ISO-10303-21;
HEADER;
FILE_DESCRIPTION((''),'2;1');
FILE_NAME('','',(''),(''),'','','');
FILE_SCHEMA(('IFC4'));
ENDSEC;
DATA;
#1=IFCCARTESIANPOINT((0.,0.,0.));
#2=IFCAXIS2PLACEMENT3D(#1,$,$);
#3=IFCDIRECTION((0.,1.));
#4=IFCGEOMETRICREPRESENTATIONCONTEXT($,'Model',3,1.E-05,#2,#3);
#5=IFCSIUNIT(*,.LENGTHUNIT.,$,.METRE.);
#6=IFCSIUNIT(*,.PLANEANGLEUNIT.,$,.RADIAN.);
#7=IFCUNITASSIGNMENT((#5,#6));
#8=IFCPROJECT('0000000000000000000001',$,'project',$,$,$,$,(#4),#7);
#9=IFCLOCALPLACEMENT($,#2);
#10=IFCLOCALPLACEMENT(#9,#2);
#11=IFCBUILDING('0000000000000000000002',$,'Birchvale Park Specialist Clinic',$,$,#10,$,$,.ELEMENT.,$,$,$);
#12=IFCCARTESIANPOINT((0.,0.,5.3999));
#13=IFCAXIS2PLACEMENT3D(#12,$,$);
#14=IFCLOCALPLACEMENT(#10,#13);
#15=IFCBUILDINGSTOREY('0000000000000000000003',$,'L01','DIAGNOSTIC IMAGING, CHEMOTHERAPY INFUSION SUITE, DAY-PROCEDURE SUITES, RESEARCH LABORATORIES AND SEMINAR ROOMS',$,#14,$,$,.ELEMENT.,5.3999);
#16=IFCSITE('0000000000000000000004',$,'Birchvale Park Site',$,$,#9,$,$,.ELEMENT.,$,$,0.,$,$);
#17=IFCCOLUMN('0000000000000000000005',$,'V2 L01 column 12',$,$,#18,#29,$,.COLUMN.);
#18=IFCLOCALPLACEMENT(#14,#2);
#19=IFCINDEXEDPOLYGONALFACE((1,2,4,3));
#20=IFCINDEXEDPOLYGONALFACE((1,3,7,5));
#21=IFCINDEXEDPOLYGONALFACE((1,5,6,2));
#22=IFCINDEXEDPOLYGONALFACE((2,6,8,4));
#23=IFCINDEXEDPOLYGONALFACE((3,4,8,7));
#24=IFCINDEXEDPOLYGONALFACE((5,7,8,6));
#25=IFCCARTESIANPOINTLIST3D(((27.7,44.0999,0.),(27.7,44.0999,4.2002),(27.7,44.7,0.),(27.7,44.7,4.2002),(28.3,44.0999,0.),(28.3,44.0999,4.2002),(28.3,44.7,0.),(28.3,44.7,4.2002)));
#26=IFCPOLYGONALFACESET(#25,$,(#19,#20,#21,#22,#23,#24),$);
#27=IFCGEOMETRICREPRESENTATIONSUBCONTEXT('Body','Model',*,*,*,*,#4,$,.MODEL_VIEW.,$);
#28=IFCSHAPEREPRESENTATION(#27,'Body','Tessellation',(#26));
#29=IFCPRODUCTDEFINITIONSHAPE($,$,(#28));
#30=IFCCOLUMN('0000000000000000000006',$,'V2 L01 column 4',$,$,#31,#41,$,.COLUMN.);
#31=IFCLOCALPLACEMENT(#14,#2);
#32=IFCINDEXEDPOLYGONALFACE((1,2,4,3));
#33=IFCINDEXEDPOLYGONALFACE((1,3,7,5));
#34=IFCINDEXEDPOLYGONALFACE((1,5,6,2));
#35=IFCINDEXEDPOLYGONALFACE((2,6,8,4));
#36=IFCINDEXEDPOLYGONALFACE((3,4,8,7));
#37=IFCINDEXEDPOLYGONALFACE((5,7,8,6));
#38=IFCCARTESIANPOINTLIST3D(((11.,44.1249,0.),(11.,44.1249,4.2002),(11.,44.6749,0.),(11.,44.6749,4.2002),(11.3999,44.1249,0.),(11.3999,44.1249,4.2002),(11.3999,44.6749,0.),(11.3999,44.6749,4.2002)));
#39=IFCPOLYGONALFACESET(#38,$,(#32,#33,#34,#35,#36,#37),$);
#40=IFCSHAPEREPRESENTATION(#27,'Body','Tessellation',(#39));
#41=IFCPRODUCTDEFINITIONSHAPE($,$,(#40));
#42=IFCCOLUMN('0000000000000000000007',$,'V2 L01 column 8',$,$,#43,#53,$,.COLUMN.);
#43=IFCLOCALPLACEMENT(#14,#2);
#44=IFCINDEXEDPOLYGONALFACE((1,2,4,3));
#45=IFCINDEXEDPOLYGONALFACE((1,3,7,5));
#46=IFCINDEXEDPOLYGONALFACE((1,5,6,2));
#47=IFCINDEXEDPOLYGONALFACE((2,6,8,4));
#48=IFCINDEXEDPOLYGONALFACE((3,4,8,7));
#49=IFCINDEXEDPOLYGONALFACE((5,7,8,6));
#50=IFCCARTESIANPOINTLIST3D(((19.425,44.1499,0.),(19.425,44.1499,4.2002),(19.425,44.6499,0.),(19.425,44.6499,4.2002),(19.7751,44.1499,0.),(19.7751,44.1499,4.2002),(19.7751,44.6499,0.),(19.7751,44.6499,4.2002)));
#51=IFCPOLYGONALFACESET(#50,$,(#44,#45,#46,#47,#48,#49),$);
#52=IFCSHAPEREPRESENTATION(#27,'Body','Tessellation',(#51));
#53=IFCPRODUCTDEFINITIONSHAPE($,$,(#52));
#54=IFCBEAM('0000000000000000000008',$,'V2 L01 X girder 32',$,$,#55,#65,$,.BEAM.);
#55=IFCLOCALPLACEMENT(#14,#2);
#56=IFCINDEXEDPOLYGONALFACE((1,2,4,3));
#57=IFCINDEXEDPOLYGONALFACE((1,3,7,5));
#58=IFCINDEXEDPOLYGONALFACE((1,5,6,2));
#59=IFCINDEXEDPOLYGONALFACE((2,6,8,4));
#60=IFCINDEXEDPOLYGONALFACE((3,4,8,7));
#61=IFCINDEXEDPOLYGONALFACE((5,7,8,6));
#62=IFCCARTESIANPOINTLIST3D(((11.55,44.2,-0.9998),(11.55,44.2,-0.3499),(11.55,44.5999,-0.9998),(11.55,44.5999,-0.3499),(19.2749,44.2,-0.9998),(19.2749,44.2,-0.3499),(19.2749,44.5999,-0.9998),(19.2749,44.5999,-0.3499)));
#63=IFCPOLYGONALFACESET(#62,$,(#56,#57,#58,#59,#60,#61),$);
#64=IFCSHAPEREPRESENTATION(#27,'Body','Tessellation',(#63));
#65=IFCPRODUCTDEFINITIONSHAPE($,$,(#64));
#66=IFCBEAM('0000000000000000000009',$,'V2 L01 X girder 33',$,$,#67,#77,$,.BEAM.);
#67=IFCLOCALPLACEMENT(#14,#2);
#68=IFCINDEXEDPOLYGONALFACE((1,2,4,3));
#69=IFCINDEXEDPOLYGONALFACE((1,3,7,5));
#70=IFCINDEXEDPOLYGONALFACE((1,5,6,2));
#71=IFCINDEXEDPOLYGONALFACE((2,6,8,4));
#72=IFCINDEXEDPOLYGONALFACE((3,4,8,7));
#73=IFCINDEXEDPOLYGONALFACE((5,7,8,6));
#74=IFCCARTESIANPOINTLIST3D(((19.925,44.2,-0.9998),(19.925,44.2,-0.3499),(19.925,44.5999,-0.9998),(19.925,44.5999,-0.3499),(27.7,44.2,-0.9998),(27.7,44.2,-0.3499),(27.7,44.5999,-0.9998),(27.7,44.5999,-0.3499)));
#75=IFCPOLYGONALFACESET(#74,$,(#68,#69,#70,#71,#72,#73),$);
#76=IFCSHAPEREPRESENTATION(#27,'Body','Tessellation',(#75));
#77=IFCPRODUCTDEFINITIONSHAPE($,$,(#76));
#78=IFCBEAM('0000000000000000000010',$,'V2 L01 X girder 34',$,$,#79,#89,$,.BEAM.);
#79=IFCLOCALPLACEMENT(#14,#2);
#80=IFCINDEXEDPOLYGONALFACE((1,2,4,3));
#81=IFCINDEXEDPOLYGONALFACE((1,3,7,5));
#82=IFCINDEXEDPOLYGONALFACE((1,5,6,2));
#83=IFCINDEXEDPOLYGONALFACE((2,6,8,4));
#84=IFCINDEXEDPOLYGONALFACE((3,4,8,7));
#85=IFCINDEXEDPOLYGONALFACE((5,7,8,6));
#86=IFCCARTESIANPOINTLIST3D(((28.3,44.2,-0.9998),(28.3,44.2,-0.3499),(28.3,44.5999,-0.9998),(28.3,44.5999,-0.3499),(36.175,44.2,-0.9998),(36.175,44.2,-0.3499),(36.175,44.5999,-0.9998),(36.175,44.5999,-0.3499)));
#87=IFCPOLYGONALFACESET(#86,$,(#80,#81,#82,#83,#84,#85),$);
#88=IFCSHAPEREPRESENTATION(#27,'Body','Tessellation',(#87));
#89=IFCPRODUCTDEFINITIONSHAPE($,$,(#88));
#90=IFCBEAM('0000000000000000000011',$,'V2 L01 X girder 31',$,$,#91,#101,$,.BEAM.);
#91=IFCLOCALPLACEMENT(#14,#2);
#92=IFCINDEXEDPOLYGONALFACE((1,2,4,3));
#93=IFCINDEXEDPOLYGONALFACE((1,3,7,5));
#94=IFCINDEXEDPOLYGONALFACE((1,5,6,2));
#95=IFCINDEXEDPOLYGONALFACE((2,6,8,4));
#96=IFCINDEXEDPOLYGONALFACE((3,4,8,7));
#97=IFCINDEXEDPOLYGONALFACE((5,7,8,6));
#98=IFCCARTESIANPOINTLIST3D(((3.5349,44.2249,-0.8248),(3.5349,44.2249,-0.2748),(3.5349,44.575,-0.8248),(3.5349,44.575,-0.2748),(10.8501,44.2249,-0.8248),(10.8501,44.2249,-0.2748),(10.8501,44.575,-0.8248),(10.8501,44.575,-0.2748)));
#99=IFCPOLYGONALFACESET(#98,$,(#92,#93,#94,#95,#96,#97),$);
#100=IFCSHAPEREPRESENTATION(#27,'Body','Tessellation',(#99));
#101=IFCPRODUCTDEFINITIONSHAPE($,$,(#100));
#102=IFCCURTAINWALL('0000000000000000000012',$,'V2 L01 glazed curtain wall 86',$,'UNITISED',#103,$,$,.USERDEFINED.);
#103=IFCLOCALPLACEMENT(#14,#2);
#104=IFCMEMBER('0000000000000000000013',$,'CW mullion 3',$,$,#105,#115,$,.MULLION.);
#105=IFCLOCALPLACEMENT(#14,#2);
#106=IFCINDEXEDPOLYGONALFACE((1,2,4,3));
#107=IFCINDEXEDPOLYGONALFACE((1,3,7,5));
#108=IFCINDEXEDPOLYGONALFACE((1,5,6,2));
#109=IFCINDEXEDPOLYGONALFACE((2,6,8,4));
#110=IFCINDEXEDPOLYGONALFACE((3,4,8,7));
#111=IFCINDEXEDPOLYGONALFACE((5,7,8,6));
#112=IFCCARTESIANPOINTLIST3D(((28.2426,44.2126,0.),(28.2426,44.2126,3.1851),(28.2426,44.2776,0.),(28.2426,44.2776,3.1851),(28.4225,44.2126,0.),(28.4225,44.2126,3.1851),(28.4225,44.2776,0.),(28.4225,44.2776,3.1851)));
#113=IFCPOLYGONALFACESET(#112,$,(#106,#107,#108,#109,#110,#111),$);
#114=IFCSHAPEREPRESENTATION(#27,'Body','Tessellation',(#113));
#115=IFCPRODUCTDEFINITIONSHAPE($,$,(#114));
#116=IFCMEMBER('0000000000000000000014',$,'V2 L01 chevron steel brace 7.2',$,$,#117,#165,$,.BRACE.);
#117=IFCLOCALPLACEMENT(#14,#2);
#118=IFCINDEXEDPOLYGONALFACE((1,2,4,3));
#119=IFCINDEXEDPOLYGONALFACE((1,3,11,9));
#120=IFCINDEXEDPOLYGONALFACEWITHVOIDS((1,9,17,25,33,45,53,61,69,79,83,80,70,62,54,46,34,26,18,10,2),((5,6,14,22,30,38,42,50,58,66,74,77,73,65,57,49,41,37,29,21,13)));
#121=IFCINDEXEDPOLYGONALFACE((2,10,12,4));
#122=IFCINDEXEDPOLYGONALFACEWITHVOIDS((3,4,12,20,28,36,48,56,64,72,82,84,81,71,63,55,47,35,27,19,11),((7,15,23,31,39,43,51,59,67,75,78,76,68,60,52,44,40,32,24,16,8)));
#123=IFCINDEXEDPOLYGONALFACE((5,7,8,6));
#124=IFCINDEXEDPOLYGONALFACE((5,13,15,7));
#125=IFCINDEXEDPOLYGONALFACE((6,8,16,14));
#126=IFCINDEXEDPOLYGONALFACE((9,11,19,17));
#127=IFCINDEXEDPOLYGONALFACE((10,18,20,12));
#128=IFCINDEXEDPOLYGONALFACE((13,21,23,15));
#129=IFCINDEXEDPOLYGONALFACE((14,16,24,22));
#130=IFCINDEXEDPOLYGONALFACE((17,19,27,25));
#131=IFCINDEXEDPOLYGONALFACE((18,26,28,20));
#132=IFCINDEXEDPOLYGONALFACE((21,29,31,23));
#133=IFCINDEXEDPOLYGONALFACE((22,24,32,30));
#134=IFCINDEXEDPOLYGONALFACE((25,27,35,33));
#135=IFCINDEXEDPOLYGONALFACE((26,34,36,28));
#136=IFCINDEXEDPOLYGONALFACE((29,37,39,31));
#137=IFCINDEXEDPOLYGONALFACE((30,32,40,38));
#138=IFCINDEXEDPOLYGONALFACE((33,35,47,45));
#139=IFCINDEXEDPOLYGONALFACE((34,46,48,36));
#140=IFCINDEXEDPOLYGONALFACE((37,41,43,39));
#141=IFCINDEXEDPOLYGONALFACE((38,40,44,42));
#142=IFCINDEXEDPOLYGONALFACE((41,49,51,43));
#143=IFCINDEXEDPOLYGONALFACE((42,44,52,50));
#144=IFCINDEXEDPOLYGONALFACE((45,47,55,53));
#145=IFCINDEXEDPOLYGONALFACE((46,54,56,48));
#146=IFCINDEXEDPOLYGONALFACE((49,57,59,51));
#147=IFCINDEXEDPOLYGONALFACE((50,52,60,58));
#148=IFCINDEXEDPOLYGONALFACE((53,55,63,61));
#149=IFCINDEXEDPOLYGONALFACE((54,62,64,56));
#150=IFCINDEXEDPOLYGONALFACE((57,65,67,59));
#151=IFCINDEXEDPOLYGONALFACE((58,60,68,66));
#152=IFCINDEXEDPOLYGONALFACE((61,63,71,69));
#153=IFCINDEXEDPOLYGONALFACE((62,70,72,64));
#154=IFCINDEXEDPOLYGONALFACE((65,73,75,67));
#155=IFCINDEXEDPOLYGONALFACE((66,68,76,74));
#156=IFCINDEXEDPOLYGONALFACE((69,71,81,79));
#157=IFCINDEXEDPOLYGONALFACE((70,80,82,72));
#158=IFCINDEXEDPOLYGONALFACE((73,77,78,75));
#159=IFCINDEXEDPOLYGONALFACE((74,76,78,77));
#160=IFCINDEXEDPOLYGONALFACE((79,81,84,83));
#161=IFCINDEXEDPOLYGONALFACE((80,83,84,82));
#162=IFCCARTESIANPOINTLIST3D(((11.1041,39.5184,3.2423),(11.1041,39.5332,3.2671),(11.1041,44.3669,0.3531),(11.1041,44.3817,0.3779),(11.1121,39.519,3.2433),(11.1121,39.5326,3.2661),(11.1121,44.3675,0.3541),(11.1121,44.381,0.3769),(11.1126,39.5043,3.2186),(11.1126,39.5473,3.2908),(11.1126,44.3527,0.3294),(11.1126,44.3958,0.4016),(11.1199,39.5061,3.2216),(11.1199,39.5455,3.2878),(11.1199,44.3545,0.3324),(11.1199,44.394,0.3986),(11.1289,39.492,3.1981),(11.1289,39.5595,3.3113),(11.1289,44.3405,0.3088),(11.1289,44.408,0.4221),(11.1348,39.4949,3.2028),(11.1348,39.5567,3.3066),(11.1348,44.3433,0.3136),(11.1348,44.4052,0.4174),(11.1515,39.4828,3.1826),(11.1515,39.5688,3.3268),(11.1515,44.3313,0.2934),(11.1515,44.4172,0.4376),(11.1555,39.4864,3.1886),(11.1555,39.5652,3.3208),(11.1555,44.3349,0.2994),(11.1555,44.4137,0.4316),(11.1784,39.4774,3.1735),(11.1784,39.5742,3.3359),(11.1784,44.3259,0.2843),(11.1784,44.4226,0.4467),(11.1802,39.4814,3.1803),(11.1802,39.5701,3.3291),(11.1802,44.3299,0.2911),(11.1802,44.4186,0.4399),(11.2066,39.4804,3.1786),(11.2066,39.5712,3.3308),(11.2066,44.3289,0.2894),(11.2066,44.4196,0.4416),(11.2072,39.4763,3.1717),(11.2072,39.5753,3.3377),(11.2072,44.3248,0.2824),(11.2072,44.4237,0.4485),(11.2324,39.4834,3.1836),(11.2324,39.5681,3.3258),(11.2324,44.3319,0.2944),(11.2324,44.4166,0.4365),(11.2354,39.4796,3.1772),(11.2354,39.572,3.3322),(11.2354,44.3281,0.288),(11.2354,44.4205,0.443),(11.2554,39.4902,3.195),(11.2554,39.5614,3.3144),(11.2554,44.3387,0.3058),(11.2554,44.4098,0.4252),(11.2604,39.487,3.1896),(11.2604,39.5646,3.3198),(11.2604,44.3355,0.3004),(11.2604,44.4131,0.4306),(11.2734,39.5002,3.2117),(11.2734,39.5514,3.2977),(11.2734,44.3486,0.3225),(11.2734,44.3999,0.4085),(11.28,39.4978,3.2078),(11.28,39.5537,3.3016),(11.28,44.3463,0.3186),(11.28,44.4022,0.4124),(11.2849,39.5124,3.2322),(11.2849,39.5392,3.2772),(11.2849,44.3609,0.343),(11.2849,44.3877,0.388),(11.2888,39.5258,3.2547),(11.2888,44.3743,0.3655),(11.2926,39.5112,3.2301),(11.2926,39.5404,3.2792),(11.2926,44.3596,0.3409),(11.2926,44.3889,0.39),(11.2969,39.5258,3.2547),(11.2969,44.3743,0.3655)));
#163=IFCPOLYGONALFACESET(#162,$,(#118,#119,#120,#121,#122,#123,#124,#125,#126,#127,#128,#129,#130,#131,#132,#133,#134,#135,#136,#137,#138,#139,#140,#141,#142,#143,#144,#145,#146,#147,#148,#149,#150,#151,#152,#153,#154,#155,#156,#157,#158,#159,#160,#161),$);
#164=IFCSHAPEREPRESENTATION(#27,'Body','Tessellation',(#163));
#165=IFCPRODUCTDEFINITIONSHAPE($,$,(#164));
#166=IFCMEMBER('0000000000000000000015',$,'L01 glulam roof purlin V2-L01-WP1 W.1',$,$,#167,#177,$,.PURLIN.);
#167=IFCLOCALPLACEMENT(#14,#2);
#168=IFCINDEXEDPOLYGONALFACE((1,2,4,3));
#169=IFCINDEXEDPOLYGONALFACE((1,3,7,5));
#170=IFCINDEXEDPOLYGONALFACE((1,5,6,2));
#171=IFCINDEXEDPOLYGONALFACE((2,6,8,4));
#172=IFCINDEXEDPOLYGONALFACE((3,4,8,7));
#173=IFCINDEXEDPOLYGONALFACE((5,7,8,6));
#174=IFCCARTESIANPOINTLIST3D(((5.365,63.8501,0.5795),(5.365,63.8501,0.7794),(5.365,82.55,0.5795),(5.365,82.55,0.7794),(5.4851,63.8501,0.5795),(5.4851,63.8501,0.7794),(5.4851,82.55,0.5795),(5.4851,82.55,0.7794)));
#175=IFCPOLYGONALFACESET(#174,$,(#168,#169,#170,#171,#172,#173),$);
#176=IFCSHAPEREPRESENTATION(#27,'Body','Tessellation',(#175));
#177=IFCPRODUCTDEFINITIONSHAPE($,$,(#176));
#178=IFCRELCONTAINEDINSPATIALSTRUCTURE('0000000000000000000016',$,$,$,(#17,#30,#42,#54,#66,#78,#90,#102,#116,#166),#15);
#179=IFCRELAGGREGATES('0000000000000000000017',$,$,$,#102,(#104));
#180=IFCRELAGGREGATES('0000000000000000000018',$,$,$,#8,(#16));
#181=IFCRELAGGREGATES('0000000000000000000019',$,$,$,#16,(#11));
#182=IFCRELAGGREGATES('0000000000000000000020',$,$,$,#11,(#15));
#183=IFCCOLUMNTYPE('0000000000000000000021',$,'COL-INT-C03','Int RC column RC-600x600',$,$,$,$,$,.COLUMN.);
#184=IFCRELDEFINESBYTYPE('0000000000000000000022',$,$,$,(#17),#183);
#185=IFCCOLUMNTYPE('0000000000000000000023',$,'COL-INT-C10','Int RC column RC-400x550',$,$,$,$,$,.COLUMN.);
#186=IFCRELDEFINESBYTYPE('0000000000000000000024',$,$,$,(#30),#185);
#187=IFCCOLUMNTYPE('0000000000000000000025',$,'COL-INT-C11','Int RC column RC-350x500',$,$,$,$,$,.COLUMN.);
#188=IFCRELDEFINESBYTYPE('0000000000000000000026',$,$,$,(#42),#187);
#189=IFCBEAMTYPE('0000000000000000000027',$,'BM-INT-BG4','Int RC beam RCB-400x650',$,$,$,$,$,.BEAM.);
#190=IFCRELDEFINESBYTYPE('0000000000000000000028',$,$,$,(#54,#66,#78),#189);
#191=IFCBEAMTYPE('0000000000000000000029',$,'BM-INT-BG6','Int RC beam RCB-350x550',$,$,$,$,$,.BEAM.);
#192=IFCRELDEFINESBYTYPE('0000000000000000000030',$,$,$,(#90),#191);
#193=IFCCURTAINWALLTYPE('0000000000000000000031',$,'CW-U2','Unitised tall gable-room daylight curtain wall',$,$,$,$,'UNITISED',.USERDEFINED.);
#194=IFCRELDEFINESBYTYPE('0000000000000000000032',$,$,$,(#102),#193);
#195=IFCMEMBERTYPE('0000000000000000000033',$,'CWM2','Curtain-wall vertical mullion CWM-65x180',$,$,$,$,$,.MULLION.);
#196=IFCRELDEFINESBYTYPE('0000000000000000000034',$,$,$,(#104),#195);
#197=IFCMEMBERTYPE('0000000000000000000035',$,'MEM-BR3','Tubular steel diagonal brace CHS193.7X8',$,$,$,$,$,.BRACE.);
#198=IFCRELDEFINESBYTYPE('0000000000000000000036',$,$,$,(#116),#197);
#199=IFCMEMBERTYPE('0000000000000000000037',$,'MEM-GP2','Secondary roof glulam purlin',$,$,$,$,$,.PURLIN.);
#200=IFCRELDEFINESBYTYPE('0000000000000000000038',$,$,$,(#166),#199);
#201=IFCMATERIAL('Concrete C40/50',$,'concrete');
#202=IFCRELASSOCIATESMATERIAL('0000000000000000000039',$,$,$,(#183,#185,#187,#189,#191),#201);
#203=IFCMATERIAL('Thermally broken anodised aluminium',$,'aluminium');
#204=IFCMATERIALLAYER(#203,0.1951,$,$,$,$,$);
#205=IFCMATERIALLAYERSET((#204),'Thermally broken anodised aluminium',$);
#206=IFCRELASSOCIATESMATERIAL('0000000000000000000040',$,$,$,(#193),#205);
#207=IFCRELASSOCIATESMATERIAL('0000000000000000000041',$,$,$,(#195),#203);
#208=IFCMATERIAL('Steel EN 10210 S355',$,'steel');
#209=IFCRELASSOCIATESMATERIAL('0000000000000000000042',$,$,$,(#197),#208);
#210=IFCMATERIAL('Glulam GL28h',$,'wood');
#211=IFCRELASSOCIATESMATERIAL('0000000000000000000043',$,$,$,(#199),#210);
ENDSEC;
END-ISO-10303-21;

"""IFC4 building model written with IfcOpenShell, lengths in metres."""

from ifc_helpers import new_model, si_unit, direction, frame, origin, origin_2d, place, context, subcontext, project, spatial, rectangle, hollow_circle, extrude, material, layer, layer_set, material_profile, profile_set, type_object, element, aggregate, save


model = new_model("IFC4")

# Units and contexts
model_context = context("Model", 3, precision=1e-05, world=origin(), true_north=direction((0.0, 1.0)))
body_context = subcontext(model_context, "Body", "Model", "MODEL_VIEW")
ifc_project = project(units=[si_unit("LENGTHUNIT", "METRE"), si_unit("PLANEANGLEUNIT", "RADIAN")], contexts=[model_context])

# Site, building, storey
site_placement = place(None, origin())
site = spatial("IfcSite", under=ifc_project, at=site_placement, Name="Birchvale Park Site", CompositionType="ELEMENT", RefElevation=0.0)
building_placement = place(site_placement, origin())
building = spatial("IfcBuilding", under=site, at=building_placement, Name="Birchvale Park Specialist Clinic", CompositionType="ELEMENT")
storey_placement = place(building_placement, frame((0.0, 0.0, 5.3999)))
storey = spatial("IfcBuildingStorey", under=building, at=storey_placement, Name="L01", Description="DIAGNOSTIC IMAGING, CHEMOTHERAPY INFUSION SUITE, DAY-PROCEDURE SUITES, RESEARCH LABORATORIES AND SEMINAR ROOMS", CompositionType="ELEMENT", Elevation=5.3999)

# Columns
ifc_material_1 = material(Name="Concrete C40/50", Category="concrete")
ifc_material_profile_1 = material_profile(ifc_material_1, rectangle(XDim=0.6001, YDim=0.6001, at=origin_2d()), Name="RC-600x600")
ifc_profile_set_1 = profile_set([ifc_material_profile_1], Name="Concrete C40/50")
column_type_1 = type_object("IfcColumnType", Name="COL-INT-C03", Description="Int RC column RC-600x600", PredefinedType="COLUMN", material=ifc_profile_set_1)
column_1_placement = place(storey_placement, frame((28.0, 44.3999, 0.0), z_axis=(0.0, 0.0, 1.0), x_axis=(1.0, 0.0, 0.0)))
element("IfcColumn", 1, at=column_1_placement, inside=storey, type_object=column_type_1, Name="V2 L01 column 12", PredefinedType="COLUMN", context=body_context, shape_type="SweptSolid", body=[
    extrude(rectangle(XDim=0.6001, YDim=0.6001, at=origin_2d()), origin(), (0.0, 0.0, 1.0), 4.2002),
])
ifc_material_profile_2 = material_profile(ifc_material_1, rectangle(XDim=0.3999, YDim=0.55, at=origin_2d()), Name="RC-400x550")
ifc_profile_set_2 = profile_set([ifc_material_profile_2], Name="Concrete C40/50")
column_type_2 = type_object("IfcColumnType", Name="COL-INT-C10", Description="Int RC column RC-400x550", PredefinedType="COLUMN", material=ifc_profile_set_2)
column_2_placement = place(storey_placement, frame((11.2, 44.3999, 0.0), z_axis=(0.0, 0.0, 1.0), x_axis=(1.0, 0.0, 0.0)))
element("IfcColumn", 2, at=column_2_placement, inside=storey, type_object=column_type_2, Name="V2 L01 column 4", PredefinedType="COLUMN", context=body_context, shape_type="SweptSolid", body=[
    extrude(rectangle(XDim=0.3999, YDim=0.55, at=origin_2d()), origin(), (0.0, 0.0, 1.0), 4.2002),
])
ifc_material_profile_3 = material_profile(ifc_material_1, rectangle(XDim=0.3501, YDim=0.5, at=origin_2d()), Name="RC-350x500")
ifc_profile_set_3 = profile_set([ifc_material_profile_3], Name="Concrete C40/50")
column_type_3 = type_object("IfcColumnType", Name="COL-INT-C11", Description="Int RC column RC-350x500", PredefinedType="COLUMN", material=ifc_profile_set_3)
column_3_placement = place(storey_placement, frame((19.6001, 44.3999, 0.0), z_axis=(0.0, 0.0, 1.0), x_axis=(1.0, 0.0, 0.0)))
element("IfcColumn", 3, at=column_3_placement, inside=storey, type_object=column_type_3, Name="V2 L01 column 8", PredefinedType="COLUMN", context=body_context, shape_type="SweptSolid", body=[
    extrude(rectangle(XDim=0.3501, YDim=0.5, at=origin_2d()), origin(), (0.0, 0.0, 1.0), 4.2002),
])

# Beams
ifc_material_profile_4 = material_profile(ifc_material_1, rectangle(XDim=0.3999, YDim=0.6499, at=origin_2d()), Name="RCB-400x650")
ifc_profile_set_4 = profile_set([ifc_material_profile_4], Name="Concrete C40/50")
beam_type_1 = type_object("IfcBeamType", Name="BM-INT-BG4", Description="Int RC beam RCB-400x650", PredefinedType="BEAM", material=ifc_profile_set_4)
beam_1_placement = place(storey_placement, frame((11.55, 44.3999, -0.6748), z_axis=(1.0, 0.0, 0.0), x_axis=(0.0, 1.0, 0.0)))
element("IfcBeam", 4, at=beam_1_placement, inside=storey, type_object=beam_type_1, Name="V2 L01 X girder 32", PredefinedType="BEAM", context=body_context, shape_type="SweptSolid", body=[
    extrude(rectangle(XDim=0.3999, YDim=0.6499, at=origin_2d()), origin(), (0.0, 0.0, 1.0), 7.7249),
])
beam_2_placement = place(storey_placement, frame((19.925, 44.3999, -0.6748), z_axis=(1.0, 0.0, 0.0), x_axis=(0.0, 1.0, 0.0)))
element("IfcBeam", 5, at=beam_2_placement, inside=storey, type_object=beam_type_1, Name="V2 L01 X girder 33", PredefinedType="BEAM", context=body_context, shape_type="SweptSolid", body=[
    extrude(rectangle(XDim=0.3999, YDim=0.6499, at=origin_2d()), origin(), (0.0, 0.0, 1.0), 7.7749),
])
beam_3_placement = place(storey_placement, frame((28.3, 44.3999, -0.6748), z_axis=(1.0, 0.0, 0.0), x_axis=(0.0, 1.0, 0.0)))
element("IfcBeam", 6, at=beam_3_placement, inside=storey, type_object=beam_type_1, Name="V2 L01 X girder 34", PredefinedType="BEAM", context=body_context, shape_type="SweptSolid", body=[
    extrude(rectangle(XDim=0.3999, YDim=0.6499, at=origin_2d()), origin(), (0.0, 0.0, 1.0), 7.875),
])
ifc_material_profile_5 = material_profile(ifc_material_1, rectangle(XDim=0.3501, YDim=0.55, at=origin_2d()), Name="RCB-350x550")
ifc_profile_set_5 = profile_set([ifc_material_profile_5], Name="Concrete C40/50")
beam_type_2 = type_object("IfcBeamType", Name="BM-INT-BG6", Description="Int RC beam RCB-350x550", PredefinedType="BEAM", material=ifc_profile_set_5)
beam_4_placement = place(storey_placement, frame((3.5349, 44.3999, -0.5498), z_axis=(1.0, 0.0, 0.0), x_axis=(0.0, 1.0, 0.0)))
element("IfcBeam", 7, at=beam_4_placement, inside=storey, type_object=beam_type_2, Name="V2 L01 X girder 31", PredefinedType="BEAM", context=body_context, shape_type="SweptSolid", body=[
    extrude(rectangle(XDim=0.3501, YDim=0.55, at=origin_2d()), origin(), (0.0, 0.0, 1.0), 7.3152),
])

# Curtain wall, member
ifc_material_2 = material(Name="Thermally broken anodised aluminium", Category="aluminium")
ifc_layer_1 = layer(ifc_material_2, 0.1951)
ifc_layer_set_1 = layer_set([ifc_layer_1], Name="Thermally broken anodised aluminium")
curtain_wall_type = type_object("IfcCurtainWallType", Name="CW-U2", Description="Unitised tall gable-room daylight curtain wall", ElementType="UNITISED", PredefinedType="USERDEFINED", material=ifc_layer_set_1)
curtain_wall_placement = place(storey_placement, origin())
curtain_wall = element("IfcCurtainWall", 8, at=curtain_wall_placement, inside=storey, type_object=curtain_wall_type, Name="V2 L01 glazed curtain wall 86", ObjectType="UNITISED", PredefinedType="USERDEFINED")
ifc_material_profile_6 = material_profile(ifc_material_2, rectangle(XDim=0.0649, YDim=0.1799, at=origin_2d()), Name="CWM-65x180")
ifc_profile_set_6 = profile_set([ifc_material_profile_6], Name="Thermally broken anodised aluminium")
member_type_1 = type_object("IfcMemberType", Name="CWM2", Description="Curtain-wall vertical mullion CWM-65x180", PredefinedType="MULLION", material=ifc_profile_set_6)
member_1_placement = place(storey_placement, frame((28.3325, 44.2451, 0.0), z_axis=(0.0, 0.0, 1.0), x_axis=(0.0, -1.0, 0.0)))
member_1 = element("IfcMember", 9, at=member_1_placement, type_object=member_type_1, Name="CW mullion 3", PredefinedType="MULLION", context=body_context, shape_type="SweptSolid", body=[
    extrude(rectangle(XDim=0.0649, YDim=0.1799, at=origin_2d()), origin(), (0.0, 0.0, 1.0), 3.1851),
])
aggregate(curtain_wall, [member_1])

# Members
ifc_material_3 = material(Name="Steel EN 10210 S355", Category="steel")
ifc_material_profile_7 = material_profile(ifc_material_3, hollow_circle(Radius=0.0969, WallThickness=0.0081, at=origin_2d()), Name="CHS193.7X8")
ifc_profile_set_7 = profile_set([ifc_material_profile_7], Name="Steel EN 10210 S355")
member_type_2 = type_object("IfcMemberType", Name="MEM-BR3", Description="Tubular steel diagonal brace CHS193.7X8", PredefinedType="BRACE", material=ifc_profile_set_7)
member_2_placement = place(storey_placement, frame((11.2, 44.3743, 0.3655), z_axis=(0.0, -0.859042, 0.511904), x_axis=(1.0, 0.0, 0.0)))
element("IfcMember", 10, at=member_2_placement, inside=storey, type_object=member_type_2, Name="V2 L01 chevron steel brace 7.2", PredefinedType="BRACE", context=body_context, shape_type="SweptSolid", body=[
    extrude(hollow_circle(Radius=0.0969, WallThickness=0.0081, at=origin_2d()), origin(), (0.0, 0.0, 1.0), 5.644),
])
ifc_material_4 = material(Name="Glulam GL28h", Category="wood")
ifc_material_profile_8 = material_profile(ifc_material_4, rectangle(XDim=0.1201, YDim=0.2, at=origin_2d()), Name="GL-120x200")
ifc_profile_set_8 = profile_set([ifc_material_profile_8], Name="Glulam GL28h")
member_type_3 = type_object("IfcMemberType", Name="MEM-GP2", Description="Secondary roof glulam purlin", PredefinedType="PURLIN", material=ifc_profile_set_8)
for number, where, z_axis, x_axis, name in (
    (11, (5.425, 63.8501, 0.6794), (0.0, 1.0, 0.0), (-1.0, 0.0, 0.0), "L01 glulam roof purlin V2-L01-WP1 W.1"),
):
    element("IfcMember", number, at=place(storey_placement, frame(where, z_axis=z_axis, x_axis=x_axis)), inside=storey, type_object=member_type_3, Name=name, PredefinedType="PURLIN", context=body_context, shape_type="SweptSolid", body=[
        extrude(rectangle(XDim=0.1201, YDim=0.2, at=origin_2d()), origin(), (0.0, 0.0, 1.0), 18.7),
    ])

save(model, "model.ifc")
